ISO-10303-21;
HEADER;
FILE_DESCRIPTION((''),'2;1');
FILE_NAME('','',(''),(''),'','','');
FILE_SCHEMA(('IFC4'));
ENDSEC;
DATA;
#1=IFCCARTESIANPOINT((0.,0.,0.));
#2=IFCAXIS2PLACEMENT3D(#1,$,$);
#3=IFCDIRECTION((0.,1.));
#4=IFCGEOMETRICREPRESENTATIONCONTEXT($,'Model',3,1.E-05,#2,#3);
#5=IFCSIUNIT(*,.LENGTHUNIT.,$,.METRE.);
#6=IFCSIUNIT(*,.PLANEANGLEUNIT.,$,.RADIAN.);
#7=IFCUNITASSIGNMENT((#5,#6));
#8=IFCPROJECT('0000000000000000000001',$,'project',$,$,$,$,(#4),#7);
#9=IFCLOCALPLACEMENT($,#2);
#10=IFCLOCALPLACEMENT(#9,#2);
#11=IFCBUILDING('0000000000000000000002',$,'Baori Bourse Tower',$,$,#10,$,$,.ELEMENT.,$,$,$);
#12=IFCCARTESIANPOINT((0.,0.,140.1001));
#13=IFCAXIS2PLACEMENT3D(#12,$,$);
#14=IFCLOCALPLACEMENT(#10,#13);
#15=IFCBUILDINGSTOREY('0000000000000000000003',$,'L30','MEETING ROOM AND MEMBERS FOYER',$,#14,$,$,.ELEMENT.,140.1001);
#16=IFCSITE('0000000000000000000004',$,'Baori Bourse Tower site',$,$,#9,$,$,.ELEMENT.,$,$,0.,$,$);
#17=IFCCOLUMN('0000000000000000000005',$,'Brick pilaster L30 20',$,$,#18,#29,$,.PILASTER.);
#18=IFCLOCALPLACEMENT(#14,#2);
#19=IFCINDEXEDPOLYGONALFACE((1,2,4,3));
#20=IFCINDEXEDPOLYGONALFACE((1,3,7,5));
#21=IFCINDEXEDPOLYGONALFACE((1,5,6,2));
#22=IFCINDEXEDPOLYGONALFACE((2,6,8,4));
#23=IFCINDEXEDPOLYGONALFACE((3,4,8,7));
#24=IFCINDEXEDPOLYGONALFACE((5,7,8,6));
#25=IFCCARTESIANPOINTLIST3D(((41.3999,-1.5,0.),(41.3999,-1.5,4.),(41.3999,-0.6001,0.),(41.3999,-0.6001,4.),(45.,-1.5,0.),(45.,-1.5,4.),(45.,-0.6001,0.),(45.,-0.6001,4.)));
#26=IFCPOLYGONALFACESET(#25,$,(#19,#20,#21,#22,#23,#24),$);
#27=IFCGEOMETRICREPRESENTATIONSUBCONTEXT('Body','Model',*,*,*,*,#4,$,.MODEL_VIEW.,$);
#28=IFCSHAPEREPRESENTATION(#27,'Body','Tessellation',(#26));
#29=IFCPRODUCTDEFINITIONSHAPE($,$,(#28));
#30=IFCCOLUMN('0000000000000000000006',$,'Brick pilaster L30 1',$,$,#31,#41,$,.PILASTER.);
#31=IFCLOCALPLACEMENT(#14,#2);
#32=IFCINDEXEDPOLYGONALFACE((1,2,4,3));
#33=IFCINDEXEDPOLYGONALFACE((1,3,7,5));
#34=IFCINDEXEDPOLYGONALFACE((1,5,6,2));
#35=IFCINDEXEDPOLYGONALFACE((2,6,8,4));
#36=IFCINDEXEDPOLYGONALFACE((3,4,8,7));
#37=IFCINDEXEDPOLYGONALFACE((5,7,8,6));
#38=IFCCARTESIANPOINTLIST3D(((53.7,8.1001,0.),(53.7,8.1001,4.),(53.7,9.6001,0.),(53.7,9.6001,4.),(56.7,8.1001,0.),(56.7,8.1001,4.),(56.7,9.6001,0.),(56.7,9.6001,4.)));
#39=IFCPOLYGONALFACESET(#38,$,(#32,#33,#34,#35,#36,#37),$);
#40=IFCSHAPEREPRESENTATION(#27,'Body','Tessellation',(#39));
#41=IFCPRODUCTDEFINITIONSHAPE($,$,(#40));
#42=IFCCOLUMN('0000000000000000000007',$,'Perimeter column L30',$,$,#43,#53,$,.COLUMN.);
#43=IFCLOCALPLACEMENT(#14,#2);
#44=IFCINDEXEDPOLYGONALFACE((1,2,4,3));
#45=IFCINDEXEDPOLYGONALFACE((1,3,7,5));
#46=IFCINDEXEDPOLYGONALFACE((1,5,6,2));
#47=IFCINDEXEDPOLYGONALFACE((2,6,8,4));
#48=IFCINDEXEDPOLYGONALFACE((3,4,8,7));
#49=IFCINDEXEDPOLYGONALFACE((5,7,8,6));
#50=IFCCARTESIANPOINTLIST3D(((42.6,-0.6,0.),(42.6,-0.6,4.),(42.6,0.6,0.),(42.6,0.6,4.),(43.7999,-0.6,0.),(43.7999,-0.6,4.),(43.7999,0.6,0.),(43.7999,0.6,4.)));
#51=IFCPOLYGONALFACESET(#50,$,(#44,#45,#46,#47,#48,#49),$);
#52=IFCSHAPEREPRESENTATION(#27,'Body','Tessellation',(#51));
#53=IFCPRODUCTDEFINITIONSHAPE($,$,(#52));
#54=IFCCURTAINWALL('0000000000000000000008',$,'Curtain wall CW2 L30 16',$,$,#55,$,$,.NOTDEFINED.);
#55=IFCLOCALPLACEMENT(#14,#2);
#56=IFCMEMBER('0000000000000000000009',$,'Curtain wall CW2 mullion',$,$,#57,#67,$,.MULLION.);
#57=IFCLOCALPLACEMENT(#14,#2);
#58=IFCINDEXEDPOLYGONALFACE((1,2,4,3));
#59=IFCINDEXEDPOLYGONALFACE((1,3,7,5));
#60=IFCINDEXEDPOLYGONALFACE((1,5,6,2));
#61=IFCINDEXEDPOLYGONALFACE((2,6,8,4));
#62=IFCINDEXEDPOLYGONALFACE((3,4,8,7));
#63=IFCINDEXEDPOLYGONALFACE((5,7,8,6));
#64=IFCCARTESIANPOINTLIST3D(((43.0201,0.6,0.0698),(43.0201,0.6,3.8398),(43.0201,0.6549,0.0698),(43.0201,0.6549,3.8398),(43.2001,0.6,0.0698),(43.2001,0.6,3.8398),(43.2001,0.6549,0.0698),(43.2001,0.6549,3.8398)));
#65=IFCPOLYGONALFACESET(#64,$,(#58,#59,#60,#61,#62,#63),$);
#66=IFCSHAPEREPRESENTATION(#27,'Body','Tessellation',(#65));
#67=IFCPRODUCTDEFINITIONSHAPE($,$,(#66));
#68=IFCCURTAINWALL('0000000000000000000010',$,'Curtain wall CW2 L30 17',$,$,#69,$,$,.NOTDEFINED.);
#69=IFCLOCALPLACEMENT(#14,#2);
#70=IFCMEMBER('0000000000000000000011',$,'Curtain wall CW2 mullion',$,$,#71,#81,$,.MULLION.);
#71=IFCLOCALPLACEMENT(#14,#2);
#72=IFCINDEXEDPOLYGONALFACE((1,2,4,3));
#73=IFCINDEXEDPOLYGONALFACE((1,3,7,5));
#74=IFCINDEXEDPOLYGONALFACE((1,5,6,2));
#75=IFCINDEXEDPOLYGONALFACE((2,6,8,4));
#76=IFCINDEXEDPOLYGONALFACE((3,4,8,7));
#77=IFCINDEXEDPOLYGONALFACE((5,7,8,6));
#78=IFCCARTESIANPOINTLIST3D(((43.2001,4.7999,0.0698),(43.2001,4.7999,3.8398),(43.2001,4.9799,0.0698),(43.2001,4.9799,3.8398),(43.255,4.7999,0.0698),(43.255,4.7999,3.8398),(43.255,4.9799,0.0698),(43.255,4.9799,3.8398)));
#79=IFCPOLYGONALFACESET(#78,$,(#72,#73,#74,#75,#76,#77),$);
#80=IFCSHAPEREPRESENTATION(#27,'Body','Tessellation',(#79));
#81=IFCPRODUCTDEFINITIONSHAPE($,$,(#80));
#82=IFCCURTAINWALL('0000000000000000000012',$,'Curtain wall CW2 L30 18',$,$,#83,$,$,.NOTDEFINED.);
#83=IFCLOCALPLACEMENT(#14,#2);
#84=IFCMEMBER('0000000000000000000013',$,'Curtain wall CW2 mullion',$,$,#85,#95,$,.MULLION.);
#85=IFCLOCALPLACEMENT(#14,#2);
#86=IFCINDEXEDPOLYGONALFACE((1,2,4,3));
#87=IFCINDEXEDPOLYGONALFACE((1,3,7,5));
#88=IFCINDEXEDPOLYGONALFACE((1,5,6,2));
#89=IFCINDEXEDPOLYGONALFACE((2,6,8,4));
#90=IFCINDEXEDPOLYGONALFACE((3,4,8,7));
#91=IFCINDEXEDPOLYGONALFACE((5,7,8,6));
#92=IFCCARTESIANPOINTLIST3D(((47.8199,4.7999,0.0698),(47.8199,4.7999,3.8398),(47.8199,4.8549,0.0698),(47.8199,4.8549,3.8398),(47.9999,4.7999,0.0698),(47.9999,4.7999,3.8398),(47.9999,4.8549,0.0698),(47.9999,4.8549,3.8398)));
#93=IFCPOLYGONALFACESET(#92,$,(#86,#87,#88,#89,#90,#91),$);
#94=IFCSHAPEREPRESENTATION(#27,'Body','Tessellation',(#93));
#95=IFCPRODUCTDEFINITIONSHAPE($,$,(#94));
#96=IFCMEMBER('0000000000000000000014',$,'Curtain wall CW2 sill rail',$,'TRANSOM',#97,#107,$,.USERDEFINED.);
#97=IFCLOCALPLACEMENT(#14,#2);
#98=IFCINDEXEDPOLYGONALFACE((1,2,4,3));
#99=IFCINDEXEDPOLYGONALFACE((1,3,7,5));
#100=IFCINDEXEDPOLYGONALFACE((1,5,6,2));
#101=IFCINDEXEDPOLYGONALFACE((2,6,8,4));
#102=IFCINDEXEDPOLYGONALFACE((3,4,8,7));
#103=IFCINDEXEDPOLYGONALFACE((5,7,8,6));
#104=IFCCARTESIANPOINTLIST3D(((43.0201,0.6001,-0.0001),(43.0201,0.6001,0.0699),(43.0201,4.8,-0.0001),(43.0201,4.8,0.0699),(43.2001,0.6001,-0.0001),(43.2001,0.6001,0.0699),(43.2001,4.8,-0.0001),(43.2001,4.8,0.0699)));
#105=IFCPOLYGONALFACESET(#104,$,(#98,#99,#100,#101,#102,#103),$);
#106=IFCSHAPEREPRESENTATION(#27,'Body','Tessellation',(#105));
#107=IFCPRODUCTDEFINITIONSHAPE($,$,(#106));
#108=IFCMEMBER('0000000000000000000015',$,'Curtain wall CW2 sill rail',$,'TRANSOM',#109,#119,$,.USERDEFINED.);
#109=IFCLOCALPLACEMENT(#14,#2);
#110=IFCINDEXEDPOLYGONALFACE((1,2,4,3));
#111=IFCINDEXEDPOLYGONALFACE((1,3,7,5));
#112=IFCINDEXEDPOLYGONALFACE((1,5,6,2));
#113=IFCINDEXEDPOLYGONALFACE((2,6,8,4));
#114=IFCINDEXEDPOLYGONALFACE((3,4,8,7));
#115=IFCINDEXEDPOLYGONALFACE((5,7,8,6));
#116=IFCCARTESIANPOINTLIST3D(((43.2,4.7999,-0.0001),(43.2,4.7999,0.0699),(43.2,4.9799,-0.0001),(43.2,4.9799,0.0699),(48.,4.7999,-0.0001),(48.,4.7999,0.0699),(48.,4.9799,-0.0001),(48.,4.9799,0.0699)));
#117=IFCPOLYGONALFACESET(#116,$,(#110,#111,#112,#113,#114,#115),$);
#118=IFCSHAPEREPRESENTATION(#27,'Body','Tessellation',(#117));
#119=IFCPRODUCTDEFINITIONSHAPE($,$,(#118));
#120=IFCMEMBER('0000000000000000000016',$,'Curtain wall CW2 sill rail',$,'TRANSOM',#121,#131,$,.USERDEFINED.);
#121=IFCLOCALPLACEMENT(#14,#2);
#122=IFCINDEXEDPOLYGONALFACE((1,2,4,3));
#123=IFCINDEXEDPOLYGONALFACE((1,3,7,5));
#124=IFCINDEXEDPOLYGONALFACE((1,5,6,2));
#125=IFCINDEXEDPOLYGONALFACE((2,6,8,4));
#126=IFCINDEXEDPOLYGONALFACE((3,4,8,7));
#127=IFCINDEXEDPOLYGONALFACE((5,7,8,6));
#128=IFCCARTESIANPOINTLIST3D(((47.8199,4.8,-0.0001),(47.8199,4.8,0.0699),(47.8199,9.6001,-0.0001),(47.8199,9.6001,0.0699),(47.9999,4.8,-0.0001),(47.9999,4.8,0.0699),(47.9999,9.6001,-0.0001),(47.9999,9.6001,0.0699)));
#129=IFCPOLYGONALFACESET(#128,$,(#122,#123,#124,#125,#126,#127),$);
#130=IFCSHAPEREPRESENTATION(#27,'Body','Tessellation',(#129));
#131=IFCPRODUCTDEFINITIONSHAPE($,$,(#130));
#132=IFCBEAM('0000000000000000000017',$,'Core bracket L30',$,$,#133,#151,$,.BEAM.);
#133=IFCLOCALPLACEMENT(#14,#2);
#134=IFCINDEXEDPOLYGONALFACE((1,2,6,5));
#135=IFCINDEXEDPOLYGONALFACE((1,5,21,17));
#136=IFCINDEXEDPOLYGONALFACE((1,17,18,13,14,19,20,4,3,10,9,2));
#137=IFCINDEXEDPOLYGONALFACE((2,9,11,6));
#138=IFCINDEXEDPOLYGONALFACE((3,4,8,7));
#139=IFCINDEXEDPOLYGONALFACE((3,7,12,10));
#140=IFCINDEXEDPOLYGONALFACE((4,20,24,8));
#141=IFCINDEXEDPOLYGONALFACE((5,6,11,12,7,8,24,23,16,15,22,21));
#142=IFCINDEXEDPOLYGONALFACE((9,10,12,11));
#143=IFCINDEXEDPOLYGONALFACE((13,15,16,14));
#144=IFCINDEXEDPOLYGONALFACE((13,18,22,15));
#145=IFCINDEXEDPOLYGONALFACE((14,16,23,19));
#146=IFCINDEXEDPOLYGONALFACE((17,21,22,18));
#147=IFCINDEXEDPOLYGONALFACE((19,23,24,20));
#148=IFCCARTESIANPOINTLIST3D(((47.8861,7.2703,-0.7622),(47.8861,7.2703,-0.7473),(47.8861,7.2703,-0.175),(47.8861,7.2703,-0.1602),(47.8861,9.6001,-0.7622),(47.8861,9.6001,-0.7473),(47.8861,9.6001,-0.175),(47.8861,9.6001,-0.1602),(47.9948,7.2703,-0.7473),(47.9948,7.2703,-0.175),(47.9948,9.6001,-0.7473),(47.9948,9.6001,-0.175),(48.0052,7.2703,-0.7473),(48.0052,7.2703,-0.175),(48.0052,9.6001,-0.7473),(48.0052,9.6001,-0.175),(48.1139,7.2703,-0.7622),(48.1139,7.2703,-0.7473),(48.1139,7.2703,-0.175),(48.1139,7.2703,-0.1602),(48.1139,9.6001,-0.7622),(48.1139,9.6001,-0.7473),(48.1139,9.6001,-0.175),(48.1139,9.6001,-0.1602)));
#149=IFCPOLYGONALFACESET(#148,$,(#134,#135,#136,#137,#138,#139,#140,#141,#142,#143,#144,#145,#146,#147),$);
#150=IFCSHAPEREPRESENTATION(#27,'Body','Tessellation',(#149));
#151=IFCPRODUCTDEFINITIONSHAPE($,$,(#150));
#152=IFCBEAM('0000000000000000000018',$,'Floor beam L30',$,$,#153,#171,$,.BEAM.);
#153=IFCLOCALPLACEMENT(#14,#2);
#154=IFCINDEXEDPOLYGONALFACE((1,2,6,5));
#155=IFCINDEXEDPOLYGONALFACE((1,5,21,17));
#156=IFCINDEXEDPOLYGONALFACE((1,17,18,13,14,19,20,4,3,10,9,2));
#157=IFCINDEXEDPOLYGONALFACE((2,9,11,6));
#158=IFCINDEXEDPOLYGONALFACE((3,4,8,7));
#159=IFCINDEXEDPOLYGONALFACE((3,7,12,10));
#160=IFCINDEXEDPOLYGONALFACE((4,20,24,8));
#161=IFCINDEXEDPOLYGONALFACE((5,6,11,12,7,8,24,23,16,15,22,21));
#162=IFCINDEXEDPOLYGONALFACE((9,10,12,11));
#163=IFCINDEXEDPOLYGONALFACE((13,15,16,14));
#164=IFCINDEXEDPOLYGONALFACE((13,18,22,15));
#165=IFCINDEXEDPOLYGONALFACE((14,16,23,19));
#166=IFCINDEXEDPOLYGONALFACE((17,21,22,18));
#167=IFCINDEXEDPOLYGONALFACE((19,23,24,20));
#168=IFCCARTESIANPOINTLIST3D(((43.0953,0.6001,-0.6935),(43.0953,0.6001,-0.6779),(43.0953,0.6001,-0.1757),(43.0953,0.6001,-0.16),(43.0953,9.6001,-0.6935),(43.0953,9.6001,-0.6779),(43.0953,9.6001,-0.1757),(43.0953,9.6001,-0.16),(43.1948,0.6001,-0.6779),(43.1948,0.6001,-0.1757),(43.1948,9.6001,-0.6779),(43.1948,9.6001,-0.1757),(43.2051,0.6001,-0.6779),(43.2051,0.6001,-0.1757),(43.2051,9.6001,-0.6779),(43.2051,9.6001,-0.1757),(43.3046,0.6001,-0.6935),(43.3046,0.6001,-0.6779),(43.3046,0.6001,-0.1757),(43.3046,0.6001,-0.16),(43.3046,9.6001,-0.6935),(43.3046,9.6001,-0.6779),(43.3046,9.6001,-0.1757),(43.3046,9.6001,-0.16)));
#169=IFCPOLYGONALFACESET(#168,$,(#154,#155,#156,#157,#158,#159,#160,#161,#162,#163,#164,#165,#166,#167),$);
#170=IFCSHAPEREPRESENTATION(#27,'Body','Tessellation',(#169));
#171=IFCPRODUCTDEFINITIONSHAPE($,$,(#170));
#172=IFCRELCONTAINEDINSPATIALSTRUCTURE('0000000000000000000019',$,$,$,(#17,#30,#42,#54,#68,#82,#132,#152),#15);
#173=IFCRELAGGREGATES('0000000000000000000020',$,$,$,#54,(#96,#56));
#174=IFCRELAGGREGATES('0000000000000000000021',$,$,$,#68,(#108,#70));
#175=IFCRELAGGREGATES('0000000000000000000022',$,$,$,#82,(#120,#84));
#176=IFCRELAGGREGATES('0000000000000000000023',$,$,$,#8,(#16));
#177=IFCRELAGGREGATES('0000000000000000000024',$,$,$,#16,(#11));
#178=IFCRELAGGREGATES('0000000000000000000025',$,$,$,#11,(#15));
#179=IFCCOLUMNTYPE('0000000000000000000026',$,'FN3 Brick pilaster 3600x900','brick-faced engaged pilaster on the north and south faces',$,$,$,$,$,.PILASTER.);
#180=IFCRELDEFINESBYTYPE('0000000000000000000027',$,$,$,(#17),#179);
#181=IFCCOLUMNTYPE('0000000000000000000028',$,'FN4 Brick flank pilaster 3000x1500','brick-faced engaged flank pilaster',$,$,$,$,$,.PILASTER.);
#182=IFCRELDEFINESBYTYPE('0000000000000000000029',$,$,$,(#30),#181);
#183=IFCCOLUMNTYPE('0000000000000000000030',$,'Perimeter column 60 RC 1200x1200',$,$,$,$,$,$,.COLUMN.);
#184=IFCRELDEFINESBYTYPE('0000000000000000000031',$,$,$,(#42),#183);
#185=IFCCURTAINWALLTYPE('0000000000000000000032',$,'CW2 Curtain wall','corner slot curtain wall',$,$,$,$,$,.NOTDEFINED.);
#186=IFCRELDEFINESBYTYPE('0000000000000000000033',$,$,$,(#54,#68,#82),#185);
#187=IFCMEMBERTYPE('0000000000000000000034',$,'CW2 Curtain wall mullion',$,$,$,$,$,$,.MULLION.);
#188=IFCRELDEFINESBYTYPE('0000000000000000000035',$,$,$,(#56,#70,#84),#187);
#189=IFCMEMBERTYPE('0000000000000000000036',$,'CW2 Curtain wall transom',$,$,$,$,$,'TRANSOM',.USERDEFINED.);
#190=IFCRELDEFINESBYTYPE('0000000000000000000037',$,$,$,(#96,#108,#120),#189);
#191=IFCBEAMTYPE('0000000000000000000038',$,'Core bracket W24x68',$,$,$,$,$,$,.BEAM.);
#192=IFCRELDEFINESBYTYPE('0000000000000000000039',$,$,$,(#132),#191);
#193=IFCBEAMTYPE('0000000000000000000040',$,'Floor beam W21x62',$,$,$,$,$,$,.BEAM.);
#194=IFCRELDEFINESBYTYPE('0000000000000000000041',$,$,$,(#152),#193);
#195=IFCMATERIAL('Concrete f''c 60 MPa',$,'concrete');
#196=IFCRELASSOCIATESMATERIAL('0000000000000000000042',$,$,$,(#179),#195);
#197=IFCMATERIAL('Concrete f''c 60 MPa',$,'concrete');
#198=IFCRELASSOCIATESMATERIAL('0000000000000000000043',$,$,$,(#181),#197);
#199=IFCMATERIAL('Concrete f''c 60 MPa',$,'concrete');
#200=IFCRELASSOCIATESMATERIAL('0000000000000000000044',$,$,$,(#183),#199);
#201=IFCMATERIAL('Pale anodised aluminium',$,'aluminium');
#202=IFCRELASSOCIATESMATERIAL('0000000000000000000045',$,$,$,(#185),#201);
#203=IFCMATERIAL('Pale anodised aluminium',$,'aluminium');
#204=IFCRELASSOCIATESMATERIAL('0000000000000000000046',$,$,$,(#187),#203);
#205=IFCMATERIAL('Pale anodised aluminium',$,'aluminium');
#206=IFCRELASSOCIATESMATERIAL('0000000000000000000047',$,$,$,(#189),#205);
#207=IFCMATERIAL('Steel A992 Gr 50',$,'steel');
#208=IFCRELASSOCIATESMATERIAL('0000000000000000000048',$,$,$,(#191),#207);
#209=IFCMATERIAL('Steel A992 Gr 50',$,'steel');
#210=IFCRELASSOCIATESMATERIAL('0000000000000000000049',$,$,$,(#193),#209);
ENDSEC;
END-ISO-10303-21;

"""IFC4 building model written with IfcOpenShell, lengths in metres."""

from ifc_helpers import new_model, si_unit, direction, frame, origin, origin_2d, place, context, subcontext, project, spatial, rectangle, i_section, extrude, material, material_profile, profile_set, type_object, element, aggregate, save


model = new_model("IFC4")

# Units and contexts
model_context = context("Model", 3, precision=1e-05, world=origin(), true_north=direction((0.0, 1.0)))
body_context = subcontext(model_context, "Body", "Model", "MODEL_VIEW")
ifc_project = project(units=[si_unit("LENGTHUNIT", "METRE"), si_unit("PLANEANGLEUNIT", "RADIAN")], contexts=[model_context])

# Site, building, storey
site_placement = place(None, origin())
site = spatial("IfcSite", under=ifc_project, at=site_placement, Name="Baori Bourse Tower site", CompositionType="ELEMENT", RefElevation=0.0)
building_placement = place(site_placement, origin())
building = spatial("IfcBuilding", under=site, at=building_placement, Name="Baori Bourse Tower", CompositionType="ELEMENT")
storey_placement = place(building_placement, frame((0.0, 0.0, 140.1001)))
storey = spatial("IfcBuildingStorey", under=building, at=storey_placement, Name="L30", Description="MEETING ROOM AND MEMBERS FOYER", CompositionType="ELEMENT", Elevation=140.1001)

# Columns
ifc_material_1 = material(Name="Concrete f'c 60 MPa", Category="concrete")
ifc_material_profile_1 = material_profile(ifc_material_1, rectangle(XDim=3.6001, YDim=0.8999, at=origin_2d()), Name="RC 3600x900")
ifc_profile_set_1 = profile_set([ifc_material_profile_1], Name="Concrete f'c 60 MPa")
column_type_1 = type_object("IfcColumnType", Name="FN3 Brick pilaster 3600x900", Description="brick-faced engaged pilaster on the north and south faces", PredefinedType="PILASTER", material=ifc_profile_set_1)
column_1_placement = place(storey_placement, frame((43.2, -1.05, 0.0), z_axis=(0.0, 0.0, 1.0), x_axis=(1.0, 0.0, 0.0)))
element("IfcColumn", 1, at=column_1_placement, inside=storey, type_object=column_type_1, Name="Brick pilaster L30 20", PredefinedType="PILASTER", context=body_context, shape_type="SweptSolid", body=[
    extrude(rectangle(XDim=3.6001, YDim=0.8999, at=origin_2d()), origin(), (0.0, 0.0, 1.0), 4.0),
])
ifc_material_2 = material(Name="Concrete f'c 60 MPa", Category="concrete")
ifc_material_profile_2 = material_profile(ifc_material_2, rectangle(XDim=3.0, YDim=1.5, at=origin_2d()), Name="RC 3000x1500")
ifc_profile_set_2 = profile_set([ifc_material_profile_2], Name="Concrete f'c 60 MPa")
column_type_2 = type_object("IfcColumnType", Name="FN4 Brick flank pilaster 3000x1500", Description="brick-faced engaged flank pilaster", PredefinedType="PILASTER", material=ifc_profile_set_2)
column_2_placement = place(storey_placement, frame((55.2, 8.8501, 0.0), z_axis=(0.0, 0.0, 1.0), x_axis=(1.0, 0.0, 0.0)))
element("IfcColumn", 2, at=column_2_placement, inside=storey, type_object=column_type_2, Name="Brick pilaster L30 1", PredefinedType="PILASTER", context=body_context, shape_type="SweptSolid", body=[
    extrude(rectangle(XDim=3.0, YDim=1.5, at=origin_2d()), origin(), (0.0, 0.0, 1.0), 4.0),
])
ifc_material_3 = material(Name="Concrete f'c 60 MPa", Category="concrete")
ifc_material_profile_3 = material_profile(ifc_material_3, rectangle(XDim=1.2, YDim=1.2, at=origin_2d()), Name="RC 1200x1200")
ifc_profile_set_3 = profile_set([ifc_material_profile_3], Name="Concrete f'c 60 MPa")
column_type_3 = type_object("IfcColumnType", Name="Perimeter column 60 RC 1200x1200", PredefinedType="COLUMN", material=ifc_profile_set_3)
column_3_placement = place(storey_placement, frame((43.2, 0.0, 0.0), z_axis=(0.0, 0.0, 1.0), x_axis=(1.0, 0.0, 0.0)))
element("IfcColumn", 3, at=column_3_placement, inside=storey, type_object=column_type_3, Name="Perimeter column L30", PredefinedType="COLUMN", context=body_context, shape_type="SweptSolid", body=[
    extrude(rectangle(XDim=1.2, YDim=1.2, at=origin_2d()), origin(), (0.0, 0.0, 1.0), 4.0),
])

# Curtain walls, members
ifc_material_4 = material(Name="Pale anodised aluminium", Category="aluminium")
curtain_wall_type_1 = type_object("IfcCurtainWallType", Name="CW2 Curtain wall", Description="corner slot curtain wall", PredefinedType="NOTDEFINED", material=ifc_material_4)
curtain_wall_1_placement = place(storey_placement, origin())
curtain_wall_1 = element("IfcCurtainWall", 4, at=curtain_wall_1_placement, inside=storey, type_object=curtain_wall_type_1, Name="Curtain wall CW2 L30 16", PredefinedType="NOTDEFINED")
ifc_material_5 = material(Name="Pale anodised aluminium", Category="aluminium")
ifc_material_profile_4 = material_profile(ifc_material_5, rectangle(XDim=0.1799, YDim=0.0549, at=origin_2d()), Name="Mullion 55x180")
ifc_profile_set_4 = profile_set([ifc_material_profile_4], Name="Pale anodised aluminium")
member_type_1 = type_object("IfcMemberType", Name="CW2 Curtain wall mullion", PredefinedType="MULLION", material=ifc_profile_set_4)
member_1_placement = place(storey_placement, frame((43.1101, 0.6274, 0.0698), z_axis=(0.0, 0.0, 1.0), x_axis=(-1.0, 0.0, 0.0)))
member_1 = element("IfcMember", 5, at=member_1_placement, type_object=member_type_1, Name="Curtain wall CW2 mullion", PredefinedType="MULLION", context=body_context, shape_type="SweptSolid", body=[
    extrude(rectangle(XDim=0.1799, YDim=0.0549, at=origin_2d()), origin(), (0.0, 0.0, 1.0), 3.77),
])
curtain_wall_2_placement = place(storey_placement, origin())
curtain_wall_2 = element("IfcCurtainWall", 6, at=curtain_wall_2_placement, inside=storey, type_object=curtain_wall_type_1, Name="Curtain wall CW2 L30 17", PredefinedType="NOTDEFINED")
member_2_placement = place(storey_placement, frame((43.2275, 4.8899, 0.0698), z_axis=(0.0, 0.0, 1.0), x_axis=(0.0, 1.0, 0.0)))
member_2 = element("IfcMember", 7, at=member_2_placement, type_object=member_type_1, Name="Curtain wall CW2 mullion", PredefinedType="MULLION", context=body_context, shape_type="SweptSolid", body=[
    extrude(rectangle(XDim=0.1799, YDim=0.0549, at=origin_2d()), origin(), (0.0, 0.0, 1.0), 3.77),
])
curtain_wall_3_placement = place(storey_placement, origin())
curtain_wall_3 = element("IfcCurtainWall", 8, at=curtain_wall_3_placement, inside=storey, type_object=curtain_wall_type_1, Name="Curtain wall CW2 L30 18", PredefinedType="NOTDEFINED")
member_3_placement = place(storey_placement, frame((47.9099, 4.8274, 0.0698), z_axis=(0.0, 0.0, 1.0), x_axis=(-1.0, 0.0, 0.0)))
member_3 = element("IfcMember", 9, at=member_3_placement, type_object=member_type_1, Name="Curtain wall CW2 mullion", PredefinedType="MULLION", context=body_context, shape_type="SweptSolid", body=[
    extrude(rectangle(XDim=0.1799, YDim=0.0549, at=origin_2d()), origin(), (0.0, 0.0, 1.0), 3.77),
])

# Members
ifc_material_6 = material(Name="Pale anodised aluminium", Category="aluminium")
ifc_material_profile_5 = material_profile(ifc_material_6, rectangle(XDim=0.1799, YDim=0.0701, at=origin_2d()), Name="Transom 70x180")
ifc_profile_set_5 = profile_set([ifc_material_profile_5], Name="Pale anodised aluminium")
member_type_2 = type_object("IfcMemberType", Name="CW2 Curtain wall transom", ElementType="TRANSOM", PredefinedType="USERDEFINED", material=ifc_profile_set_5)
member_4_placement = place(storey_placement, frame((43.1101, 0.6001, 0.0349), z_axis=(0.0, 1.0, 0.0), x_axis=(-1.0, 0.0, 0.0)))
member_4 = element("IfcMember", 10, at=member_4_placement, type_object=member_type_2, Name="Curtain wall CW2 sill rail", ObjectType="TRANSOM", PredefinedType="USERDEFINED", context=body_context, shape_type="SweptSolid", body=[
    extrude(rectangle(XDim=0.1799, YDim=0.0701, at=origin_2d()), origin(), (0.0, 0.0, 1.0), 4.2),
])
member_5_placement = place(storey_placement, frame((43.2, 4.8899, 0.0349), z_axis=(1.0, 0.0, 0.0), x_axis=(0.0, 1.0, 0.0)))
member_5 = element("IfcMember", 11, at=member_5_placement, type_object=member_type_2, Name="Curtain wall CW2 sill rail", ObjectType="TRANSOM", PredefinedType="USERDEFINED", context=body_context, shape_type="SweptSolid", body=[
    extrude(rectangle(XDim=0.1799, YDim=0.0701, at=origin_2d()), origin(), (0.0, 0.0, 1.0), 4.8),
])
member_6_placement = place(storey_placement, frame((47.9099, 4.8, 0.0349), z_axis=(0.0, 1.0, 0.0), x_axis=(-1.0, 0.0, 0.0)))
member_6 = element("IfcMember", 12, at=member_6_placement, type_object=member_type_2, Name="Curtain wall CW2 sill rail", ObjectType="TRANSOM", PredefinedType="USERDEFINED", context=body_context, shape_type="SweptSolid", body=[
    extrude(rectangle(XDim=0.1799, YDim=0.0701, at=origin_2d()), origin(), (0.0, 0.0, 1.0), 4.8),
])

# Beams
ifc_material_7 = material(Name="Steel A992 Gr 50", Category="steel")
ifc_material_profile_6 = material_profile(ifc_material_7, i_section(OverallWidth=0.2278, OverallDepth=0.6021, WebThickness=0.0105, FlangeThickness=0.0149, at=origin_2d()), Name="W24x68")
ifc_profile_set_6 = profile_set([ifc_material_profile_6], Name="Steel A992 Gr 50")
beam_type_1 = type_object("IfcBeamType", Name="Core bracket W24x68", PredefinedType="BEAM", material=ifc_profile_set_6)
beam_1_placement = place(storey_placement, frame((48.0, 7.2703, -0.4612), z_axis=(0.0, 1.0, 0.0), x_axis=(-1.0, 0.0, 0.0)))
element("IfcBeam", 13, at=beam_1_placement, inside=storey, type_object=beam_type_1, Name="Core bracket L30", PredefinedType="BEAM", context=body_context, shape_type="SweptSolid", body=[
    extrude(i_section(OverallWidth=0.2278, OverallDepth=0.6021, WebThickness=0.0105, FlangeThickness=0.0149, at=origin_2d()), origin(), (0.0, 0.0, 1.0), 2.3298),
])
ifc_material_8 = material(Name="Steel A992 Gr 50", Category="steel")
ifc_material_profile_7 = material_profile(ifc_material_8, i_section(OverallWidth=0.2092, OverallDepth=0.5334, WebThickness=0.0103, FlangeThickness=0.0156, at=origin_2d()), Name="W21x62")
ifc_profile_set_7 = profile_set([ifc_material_profile_7], Name="Steel A992 Gr 50")
beam_type_2 = type_object("IfcBeamType", Name="Floor beam W21x62", PredefinedType="BEAM", material=ifc_profile_set_7)
beam_2_placement = place(storey_placement, frame((43.2, 0.6001, -0.4268), z_axis=(0.0, 1.0, 0.0), x_axis=(-1.0, 0.0, 0.0)))
element("IfcBeam", 14, at=beam_2_placement, inside=storey, type_object=beam_type_2, Name="Floor beam L30", PredefinedType="BEAM", context=body_context, shape_type="SweptSolid", body=[
    extrude(i_section(OverallWidth=0.2092, OverallDepth=0.5334, WebThickness=0.0103, FlangeThickness=0.0156, at=origin_2d()), origin(), (0.0, 0.0, 1.0), 9.0),
])

aggregate(curtain_wall_1, [member_4, member_1])
aggregate(curtain_wall_2, [member_5, member_2])
aggregate(curtain_wall_3, [member_6, member_3])

save(model, "model.ifc")
